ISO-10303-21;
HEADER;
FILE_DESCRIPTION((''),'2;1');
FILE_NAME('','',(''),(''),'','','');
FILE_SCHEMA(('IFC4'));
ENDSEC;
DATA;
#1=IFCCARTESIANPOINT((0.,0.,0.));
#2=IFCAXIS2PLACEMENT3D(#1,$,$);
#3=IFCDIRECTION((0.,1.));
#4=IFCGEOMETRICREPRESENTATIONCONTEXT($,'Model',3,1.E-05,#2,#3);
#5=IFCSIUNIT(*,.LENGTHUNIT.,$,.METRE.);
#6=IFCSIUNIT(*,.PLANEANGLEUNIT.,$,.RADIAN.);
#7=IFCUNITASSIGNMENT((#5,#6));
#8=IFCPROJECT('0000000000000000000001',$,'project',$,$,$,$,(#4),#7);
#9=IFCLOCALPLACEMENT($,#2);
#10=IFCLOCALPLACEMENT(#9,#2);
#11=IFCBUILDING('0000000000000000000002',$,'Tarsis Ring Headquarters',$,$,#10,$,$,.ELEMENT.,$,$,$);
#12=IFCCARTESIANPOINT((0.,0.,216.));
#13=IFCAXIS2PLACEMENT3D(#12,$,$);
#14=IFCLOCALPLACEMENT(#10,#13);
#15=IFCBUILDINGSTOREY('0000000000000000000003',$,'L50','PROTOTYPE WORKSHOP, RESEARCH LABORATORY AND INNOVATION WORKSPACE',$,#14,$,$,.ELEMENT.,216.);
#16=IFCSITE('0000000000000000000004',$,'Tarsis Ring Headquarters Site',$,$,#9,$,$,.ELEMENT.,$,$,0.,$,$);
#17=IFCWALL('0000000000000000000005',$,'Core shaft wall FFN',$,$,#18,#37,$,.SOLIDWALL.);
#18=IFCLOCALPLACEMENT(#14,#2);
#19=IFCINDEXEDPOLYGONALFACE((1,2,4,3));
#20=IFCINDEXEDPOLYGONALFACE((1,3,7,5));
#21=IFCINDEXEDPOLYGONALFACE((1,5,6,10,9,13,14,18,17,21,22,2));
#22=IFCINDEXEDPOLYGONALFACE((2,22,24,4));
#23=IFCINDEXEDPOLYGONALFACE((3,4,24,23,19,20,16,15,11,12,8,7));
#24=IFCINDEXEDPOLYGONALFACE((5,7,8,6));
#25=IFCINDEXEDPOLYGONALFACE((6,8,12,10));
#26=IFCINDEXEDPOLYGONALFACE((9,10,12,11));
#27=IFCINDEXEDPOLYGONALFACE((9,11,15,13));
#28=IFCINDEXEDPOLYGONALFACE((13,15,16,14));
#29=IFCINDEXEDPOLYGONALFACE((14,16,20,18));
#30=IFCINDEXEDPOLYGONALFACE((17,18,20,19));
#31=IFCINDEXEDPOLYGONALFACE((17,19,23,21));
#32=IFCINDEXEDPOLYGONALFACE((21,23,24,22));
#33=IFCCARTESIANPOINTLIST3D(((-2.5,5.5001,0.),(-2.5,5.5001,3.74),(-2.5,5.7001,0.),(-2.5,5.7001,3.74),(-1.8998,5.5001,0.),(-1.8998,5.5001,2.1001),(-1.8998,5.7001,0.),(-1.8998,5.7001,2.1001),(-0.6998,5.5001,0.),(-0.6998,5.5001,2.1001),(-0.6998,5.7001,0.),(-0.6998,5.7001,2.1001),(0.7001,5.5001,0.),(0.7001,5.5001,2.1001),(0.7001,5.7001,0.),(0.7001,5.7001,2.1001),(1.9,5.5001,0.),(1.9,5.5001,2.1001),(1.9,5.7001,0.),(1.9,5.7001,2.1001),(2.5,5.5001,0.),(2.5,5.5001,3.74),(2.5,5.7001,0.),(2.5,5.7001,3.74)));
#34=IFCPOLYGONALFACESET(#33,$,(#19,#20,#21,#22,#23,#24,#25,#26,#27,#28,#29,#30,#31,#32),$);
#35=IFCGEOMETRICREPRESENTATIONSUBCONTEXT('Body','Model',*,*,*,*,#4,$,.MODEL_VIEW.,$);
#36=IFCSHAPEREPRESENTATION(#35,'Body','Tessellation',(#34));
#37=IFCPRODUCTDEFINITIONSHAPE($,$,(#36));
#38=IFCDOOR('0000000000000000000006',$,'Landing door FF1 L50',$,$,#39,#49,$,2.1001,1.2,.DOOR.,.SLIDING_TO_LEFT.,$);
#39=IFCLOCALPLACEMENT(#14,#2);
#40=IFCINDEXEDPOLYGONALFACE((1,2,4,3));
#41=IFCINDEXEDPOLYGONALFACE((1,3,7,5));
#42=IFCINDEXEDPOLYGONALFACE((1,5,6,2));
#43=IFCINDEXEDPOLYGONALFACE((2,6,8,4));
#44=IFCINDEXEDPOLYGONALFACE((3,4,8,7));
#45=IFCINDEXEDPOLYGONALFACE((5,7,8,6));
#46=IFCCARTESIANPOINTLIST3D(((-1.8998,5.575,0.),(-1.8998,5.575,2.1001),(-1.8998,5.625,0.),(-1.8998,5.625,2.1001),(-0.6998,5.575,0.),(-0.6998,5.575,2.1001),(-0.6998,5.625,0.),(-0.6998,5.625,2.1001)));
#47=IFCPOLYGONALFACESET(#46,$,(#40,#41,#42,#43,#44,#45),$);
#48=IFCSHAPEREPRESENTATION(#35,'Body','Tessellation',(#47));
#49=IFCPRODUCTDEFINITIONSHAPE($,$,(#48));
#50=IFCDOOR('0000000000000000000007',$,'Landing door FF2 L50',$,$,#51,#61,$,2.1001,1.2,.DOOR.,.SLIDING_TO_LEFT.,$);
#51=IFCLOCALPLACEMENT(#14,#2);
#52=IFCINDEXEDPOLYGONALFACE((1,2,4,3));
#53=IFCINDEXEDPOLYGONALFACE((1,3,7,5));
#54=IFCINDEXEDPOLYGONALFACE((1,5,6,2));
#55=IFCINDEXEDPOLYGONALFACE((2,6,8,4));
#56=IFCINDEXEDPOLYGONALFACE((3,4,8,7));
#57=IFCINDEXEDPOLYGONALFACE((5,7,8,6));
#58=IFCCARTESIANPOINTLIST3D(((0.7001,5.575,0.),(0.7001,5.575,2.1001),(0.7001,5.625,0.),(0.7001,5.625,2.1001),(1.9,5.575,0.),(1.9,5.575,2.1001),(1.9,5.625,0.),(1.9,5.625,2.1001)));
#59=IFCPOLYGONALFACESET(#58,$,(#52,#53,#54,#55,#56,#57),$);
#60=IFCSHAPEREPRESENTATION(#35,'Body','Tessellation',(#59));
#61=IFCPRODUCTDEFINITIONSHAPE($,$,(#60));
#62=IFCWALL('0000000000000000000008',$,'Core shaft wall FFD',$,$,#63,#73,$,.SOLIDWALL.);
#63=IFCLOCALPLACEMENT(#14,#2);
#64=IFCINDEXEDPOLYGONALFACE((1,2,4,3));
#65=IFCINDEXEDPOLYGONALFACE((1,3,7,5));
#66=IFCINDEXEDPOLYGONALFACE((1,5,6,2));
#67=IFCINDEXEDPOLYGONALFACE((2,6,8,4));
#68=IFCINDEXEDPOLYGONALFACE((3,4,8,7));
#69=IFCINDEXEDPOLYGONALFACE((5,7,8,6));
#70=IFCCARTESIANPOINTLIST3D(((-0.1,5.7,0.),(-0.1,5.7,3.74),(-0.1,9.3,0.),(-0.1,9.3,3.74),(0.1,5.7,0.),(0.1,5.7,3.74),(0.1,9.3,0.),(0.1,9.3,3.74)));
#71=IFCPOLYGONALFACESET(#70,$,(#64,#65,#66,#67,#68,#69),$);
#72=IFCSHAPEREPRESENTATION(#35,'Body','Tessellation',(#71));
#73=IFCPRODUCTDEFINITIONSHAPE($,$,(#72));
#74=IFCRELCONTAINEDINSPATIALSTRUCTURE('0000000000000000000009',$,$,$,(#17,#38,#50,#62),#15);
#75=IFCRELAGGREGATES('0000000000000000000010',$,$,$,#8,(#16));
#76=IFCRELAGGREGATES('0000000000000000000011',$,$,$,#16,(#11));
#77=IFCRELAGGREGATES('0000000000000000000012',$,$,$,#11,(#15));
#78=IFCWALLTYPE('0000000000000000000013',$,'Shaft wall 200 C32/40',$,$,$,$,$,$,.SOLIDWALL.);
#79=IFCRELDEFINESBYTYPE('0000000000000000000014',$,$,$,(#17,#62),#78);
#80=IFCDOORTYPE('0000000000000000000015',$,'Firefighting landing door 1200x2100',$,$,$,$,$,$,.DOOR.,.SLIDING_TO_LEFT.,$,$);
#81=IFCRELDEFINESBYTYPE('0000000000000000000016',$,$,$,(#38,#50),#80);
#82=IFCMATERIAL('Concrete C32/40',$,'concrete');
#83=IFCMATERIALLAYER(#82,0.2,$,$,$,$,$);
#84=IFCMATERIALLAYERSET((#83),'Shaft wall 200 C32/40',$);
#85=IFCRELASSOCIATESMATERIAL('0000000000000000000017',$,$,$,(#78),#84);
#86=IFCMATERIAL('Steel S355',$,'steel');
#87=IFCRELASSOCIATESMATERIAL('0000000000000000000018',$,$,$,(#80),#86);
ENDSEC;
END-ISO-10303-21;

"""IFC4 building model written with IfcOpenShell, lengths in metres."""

from ifc_helpers import new_model, si_unit, direction, frame, frame_2d, origin, place, context, subcontext, project, spatial, rectangle, extrude, material, layer, layer_set, type_object, element, fill, save


model = new_model("IFC4")

# Units and contexts
model_context = context("Model", 3, precision=1e-05, world=origin(), true_north=direction((0.0, 1.0)))
body_context = subcontext(model_context, "Body", "Model", "MODEL_VIEW")
ifc_project = project(units=[si_unit("LENGTHUNIT", "METRE"), si_unit("PLANEANGLEUNIT", "RADIAN")], contexts=[model_context])

# Site, building, storey
site_placement = place(None, origin())
site = spatial("IfcSite", under=ifc_project, at=site_placement, Name="Tarsis Ring Headquarters Site", CompositionType="ELEMENT", RefElevation=0.0)
building_placement = place(site_placement, origin())
building = spatial("IfcBuilding", under=site, at=building_placement, Name="Tarsis Ring Headquarters", CompositionType="ELEMENT")
storey_placement = place(building_placement, frame((0.0, 0.0, 216.0)))
storey = spatial("IfcBuildingStorey", under=building, at=storey_placement, Name="L50", Description="PROTOTYPE WORKSHOP, RESEARCH LABORATORY AND INNOVATION WORKSPACE", CompositionType="ELEMENT", Elevation=216.0)

# Shared definitions
ifc_material_1 = material(Name="Concrete C32/40", Category="concrete")
ifc_layer_1 = layer(ifc_material_1, 0.2)
ifc_layer_set_1 = layer_set([ifc_layer_1], Name="Shaft wall 200 C32/40")
wall_type_1 = type_object("IfcWallType", Name="Shaft wall 200 C32/40", PredefinedType="SOLIDWALL", material=ifc_layer_set_1)

# Shared definitions
ifc_material_2 = material(Name="Steel S355", Category="steel")

# Wall, openings, doors
wall_1_placement = place(storey_placement, frame((-2.5, 5.6001, 0.0), z_axis=(0.0, 0.0, 1.0), x_axis=(1.0, 0.0, 0.0)))
wall_1 = element("IfcWall", 1, at=wall_1_placement, inside=storey, type_object=wall_type_1, Name="Core shaft wall FFN", PredefinedType="SOLIDWALL", context=body_context, shape_type="SweptSolid", body=[
    extrude(rectangle(XDim=5.0, YDim=0.2, at=frame_2d((2.5, 0.0))), origin(), (0.0, 0.0, 1.0), 3.74),
])
opening_1_placement = place(wall_1_placement, frame((0.6001, 0.0, 0.0)))
opening_1 = element("IfcOpeningElement", 2, at=opening_1_placement, cuts=wall_1, PredefinedType="OPENING", context=body_context, shape_type="SweptSolid", body=[
    extrude(rectangle(XDim=1.2, YDim=2.1001, at=frame_2d((0.6001, 1.05))), frame((0.0, 0.1099, 0.0), z_axis=(0.0, -1.0, 0.0), x_axis=(1.0, 0.0, 0.0)), (0.0, 0.0, 1.0), 0.22),
])
opening_2_placement = place(wall_1_placement, frame((3.2, 0.0, 0.0)))
opening_2 = element("IfcOpeningElement", 3, at=opening_2_placement, cuts=wall_1, PredefinedType="OPENING", context=body_context, shape_type="SweptSolid", body=[
    extrude(rectangle(XDim=1.2, YDim=2.1001, at=frame_2d((0.6001, 1.05))), frame((0.0, 0.1099, 0.0), z_axis=(0.0, -1.0, 0.0), x_axis=(1.0, 0.0, 0.0)), (0.0, 0.0, 1.0), 0.22),
])
door_type_1 = type_object("IfcDoorType", Name="Firefighting landing door 1200x2100", OperationType="SLIDING_TO_LEFT", PredefinedType="DOOR", material=ifc_material_2)
door_1_placement = place(opening_1_placement, origin())
door_1 = element("IfcDoor", 4, at=door_1_placement, inside=storey, type_object=door_type_1, Name="Landing door FF1 L50", OperationType="SLIDING_TO_LEFT", OverallHeight=2.1001, OverallWidth=1.2, PredefinedType="DOOR", context=body_context, shape_type="SweptSolid", body=[
    extrude(rectangle(XDim=1.2, YDim=2.1001, at=frame_2d((0.6001, 1.05))), frame((0.0, 0.0249, 0.0), z_axis=(0.0, -1.0, 0.0), x_axis=(1.0, 0.0, 0.0)), (0.0, 0.0, 1.0), 0.05),
])
fill(opening_1, door_1)
door_2_placement = place(opening_2_placement, origin())
door_2 = element("IfcDoor", 5, at=door_2_placement, inside=storey, type_object=door_type_1, Name="Landing door FF2 L50", OperationType="SLIDING_TO_LEFT", OverallHeight=2.1001, OverallWidth=1.2, PredefinedType="DOOR", context=body_context, shape_type="SweptSolid", body=[
    extrude(rectangle(XDim=1.2, YDim=2.1001, at=frame_2d((0.6001, 1.05))), frame((0.0, 0.0249, 0.0), z_axis=(0.0, -1.0, 0.0), x_axis=(1.0, 0.0, 0.0)), (0.0, 0.0, 1.0), 0.05),
])
fill(opening_2, door_2)

# Wall
wall_2_placement = place(storey_placement, frame((0.0, 5.7, 0.0), z_axis=(0.0, 0.0, 1.0), x_axis=(0.0, 1.0, 0.0)))
element("IfcWall", 6, at=wall_2_placement, inside=storey, type_object=wall_type_1, Name="Core shaft wall FFD", PredefinedType="SOLIDWALL", context=body_context, shape_type="SweptSolid", body=[
    extrude(rectangle(XDim=3.6001, YDim=0.2, at=frame_2d((1.8, 0.0))), origin(), (0.0, 0.0, 1.0), 3.74),
])

save(model, "model.ifc")
